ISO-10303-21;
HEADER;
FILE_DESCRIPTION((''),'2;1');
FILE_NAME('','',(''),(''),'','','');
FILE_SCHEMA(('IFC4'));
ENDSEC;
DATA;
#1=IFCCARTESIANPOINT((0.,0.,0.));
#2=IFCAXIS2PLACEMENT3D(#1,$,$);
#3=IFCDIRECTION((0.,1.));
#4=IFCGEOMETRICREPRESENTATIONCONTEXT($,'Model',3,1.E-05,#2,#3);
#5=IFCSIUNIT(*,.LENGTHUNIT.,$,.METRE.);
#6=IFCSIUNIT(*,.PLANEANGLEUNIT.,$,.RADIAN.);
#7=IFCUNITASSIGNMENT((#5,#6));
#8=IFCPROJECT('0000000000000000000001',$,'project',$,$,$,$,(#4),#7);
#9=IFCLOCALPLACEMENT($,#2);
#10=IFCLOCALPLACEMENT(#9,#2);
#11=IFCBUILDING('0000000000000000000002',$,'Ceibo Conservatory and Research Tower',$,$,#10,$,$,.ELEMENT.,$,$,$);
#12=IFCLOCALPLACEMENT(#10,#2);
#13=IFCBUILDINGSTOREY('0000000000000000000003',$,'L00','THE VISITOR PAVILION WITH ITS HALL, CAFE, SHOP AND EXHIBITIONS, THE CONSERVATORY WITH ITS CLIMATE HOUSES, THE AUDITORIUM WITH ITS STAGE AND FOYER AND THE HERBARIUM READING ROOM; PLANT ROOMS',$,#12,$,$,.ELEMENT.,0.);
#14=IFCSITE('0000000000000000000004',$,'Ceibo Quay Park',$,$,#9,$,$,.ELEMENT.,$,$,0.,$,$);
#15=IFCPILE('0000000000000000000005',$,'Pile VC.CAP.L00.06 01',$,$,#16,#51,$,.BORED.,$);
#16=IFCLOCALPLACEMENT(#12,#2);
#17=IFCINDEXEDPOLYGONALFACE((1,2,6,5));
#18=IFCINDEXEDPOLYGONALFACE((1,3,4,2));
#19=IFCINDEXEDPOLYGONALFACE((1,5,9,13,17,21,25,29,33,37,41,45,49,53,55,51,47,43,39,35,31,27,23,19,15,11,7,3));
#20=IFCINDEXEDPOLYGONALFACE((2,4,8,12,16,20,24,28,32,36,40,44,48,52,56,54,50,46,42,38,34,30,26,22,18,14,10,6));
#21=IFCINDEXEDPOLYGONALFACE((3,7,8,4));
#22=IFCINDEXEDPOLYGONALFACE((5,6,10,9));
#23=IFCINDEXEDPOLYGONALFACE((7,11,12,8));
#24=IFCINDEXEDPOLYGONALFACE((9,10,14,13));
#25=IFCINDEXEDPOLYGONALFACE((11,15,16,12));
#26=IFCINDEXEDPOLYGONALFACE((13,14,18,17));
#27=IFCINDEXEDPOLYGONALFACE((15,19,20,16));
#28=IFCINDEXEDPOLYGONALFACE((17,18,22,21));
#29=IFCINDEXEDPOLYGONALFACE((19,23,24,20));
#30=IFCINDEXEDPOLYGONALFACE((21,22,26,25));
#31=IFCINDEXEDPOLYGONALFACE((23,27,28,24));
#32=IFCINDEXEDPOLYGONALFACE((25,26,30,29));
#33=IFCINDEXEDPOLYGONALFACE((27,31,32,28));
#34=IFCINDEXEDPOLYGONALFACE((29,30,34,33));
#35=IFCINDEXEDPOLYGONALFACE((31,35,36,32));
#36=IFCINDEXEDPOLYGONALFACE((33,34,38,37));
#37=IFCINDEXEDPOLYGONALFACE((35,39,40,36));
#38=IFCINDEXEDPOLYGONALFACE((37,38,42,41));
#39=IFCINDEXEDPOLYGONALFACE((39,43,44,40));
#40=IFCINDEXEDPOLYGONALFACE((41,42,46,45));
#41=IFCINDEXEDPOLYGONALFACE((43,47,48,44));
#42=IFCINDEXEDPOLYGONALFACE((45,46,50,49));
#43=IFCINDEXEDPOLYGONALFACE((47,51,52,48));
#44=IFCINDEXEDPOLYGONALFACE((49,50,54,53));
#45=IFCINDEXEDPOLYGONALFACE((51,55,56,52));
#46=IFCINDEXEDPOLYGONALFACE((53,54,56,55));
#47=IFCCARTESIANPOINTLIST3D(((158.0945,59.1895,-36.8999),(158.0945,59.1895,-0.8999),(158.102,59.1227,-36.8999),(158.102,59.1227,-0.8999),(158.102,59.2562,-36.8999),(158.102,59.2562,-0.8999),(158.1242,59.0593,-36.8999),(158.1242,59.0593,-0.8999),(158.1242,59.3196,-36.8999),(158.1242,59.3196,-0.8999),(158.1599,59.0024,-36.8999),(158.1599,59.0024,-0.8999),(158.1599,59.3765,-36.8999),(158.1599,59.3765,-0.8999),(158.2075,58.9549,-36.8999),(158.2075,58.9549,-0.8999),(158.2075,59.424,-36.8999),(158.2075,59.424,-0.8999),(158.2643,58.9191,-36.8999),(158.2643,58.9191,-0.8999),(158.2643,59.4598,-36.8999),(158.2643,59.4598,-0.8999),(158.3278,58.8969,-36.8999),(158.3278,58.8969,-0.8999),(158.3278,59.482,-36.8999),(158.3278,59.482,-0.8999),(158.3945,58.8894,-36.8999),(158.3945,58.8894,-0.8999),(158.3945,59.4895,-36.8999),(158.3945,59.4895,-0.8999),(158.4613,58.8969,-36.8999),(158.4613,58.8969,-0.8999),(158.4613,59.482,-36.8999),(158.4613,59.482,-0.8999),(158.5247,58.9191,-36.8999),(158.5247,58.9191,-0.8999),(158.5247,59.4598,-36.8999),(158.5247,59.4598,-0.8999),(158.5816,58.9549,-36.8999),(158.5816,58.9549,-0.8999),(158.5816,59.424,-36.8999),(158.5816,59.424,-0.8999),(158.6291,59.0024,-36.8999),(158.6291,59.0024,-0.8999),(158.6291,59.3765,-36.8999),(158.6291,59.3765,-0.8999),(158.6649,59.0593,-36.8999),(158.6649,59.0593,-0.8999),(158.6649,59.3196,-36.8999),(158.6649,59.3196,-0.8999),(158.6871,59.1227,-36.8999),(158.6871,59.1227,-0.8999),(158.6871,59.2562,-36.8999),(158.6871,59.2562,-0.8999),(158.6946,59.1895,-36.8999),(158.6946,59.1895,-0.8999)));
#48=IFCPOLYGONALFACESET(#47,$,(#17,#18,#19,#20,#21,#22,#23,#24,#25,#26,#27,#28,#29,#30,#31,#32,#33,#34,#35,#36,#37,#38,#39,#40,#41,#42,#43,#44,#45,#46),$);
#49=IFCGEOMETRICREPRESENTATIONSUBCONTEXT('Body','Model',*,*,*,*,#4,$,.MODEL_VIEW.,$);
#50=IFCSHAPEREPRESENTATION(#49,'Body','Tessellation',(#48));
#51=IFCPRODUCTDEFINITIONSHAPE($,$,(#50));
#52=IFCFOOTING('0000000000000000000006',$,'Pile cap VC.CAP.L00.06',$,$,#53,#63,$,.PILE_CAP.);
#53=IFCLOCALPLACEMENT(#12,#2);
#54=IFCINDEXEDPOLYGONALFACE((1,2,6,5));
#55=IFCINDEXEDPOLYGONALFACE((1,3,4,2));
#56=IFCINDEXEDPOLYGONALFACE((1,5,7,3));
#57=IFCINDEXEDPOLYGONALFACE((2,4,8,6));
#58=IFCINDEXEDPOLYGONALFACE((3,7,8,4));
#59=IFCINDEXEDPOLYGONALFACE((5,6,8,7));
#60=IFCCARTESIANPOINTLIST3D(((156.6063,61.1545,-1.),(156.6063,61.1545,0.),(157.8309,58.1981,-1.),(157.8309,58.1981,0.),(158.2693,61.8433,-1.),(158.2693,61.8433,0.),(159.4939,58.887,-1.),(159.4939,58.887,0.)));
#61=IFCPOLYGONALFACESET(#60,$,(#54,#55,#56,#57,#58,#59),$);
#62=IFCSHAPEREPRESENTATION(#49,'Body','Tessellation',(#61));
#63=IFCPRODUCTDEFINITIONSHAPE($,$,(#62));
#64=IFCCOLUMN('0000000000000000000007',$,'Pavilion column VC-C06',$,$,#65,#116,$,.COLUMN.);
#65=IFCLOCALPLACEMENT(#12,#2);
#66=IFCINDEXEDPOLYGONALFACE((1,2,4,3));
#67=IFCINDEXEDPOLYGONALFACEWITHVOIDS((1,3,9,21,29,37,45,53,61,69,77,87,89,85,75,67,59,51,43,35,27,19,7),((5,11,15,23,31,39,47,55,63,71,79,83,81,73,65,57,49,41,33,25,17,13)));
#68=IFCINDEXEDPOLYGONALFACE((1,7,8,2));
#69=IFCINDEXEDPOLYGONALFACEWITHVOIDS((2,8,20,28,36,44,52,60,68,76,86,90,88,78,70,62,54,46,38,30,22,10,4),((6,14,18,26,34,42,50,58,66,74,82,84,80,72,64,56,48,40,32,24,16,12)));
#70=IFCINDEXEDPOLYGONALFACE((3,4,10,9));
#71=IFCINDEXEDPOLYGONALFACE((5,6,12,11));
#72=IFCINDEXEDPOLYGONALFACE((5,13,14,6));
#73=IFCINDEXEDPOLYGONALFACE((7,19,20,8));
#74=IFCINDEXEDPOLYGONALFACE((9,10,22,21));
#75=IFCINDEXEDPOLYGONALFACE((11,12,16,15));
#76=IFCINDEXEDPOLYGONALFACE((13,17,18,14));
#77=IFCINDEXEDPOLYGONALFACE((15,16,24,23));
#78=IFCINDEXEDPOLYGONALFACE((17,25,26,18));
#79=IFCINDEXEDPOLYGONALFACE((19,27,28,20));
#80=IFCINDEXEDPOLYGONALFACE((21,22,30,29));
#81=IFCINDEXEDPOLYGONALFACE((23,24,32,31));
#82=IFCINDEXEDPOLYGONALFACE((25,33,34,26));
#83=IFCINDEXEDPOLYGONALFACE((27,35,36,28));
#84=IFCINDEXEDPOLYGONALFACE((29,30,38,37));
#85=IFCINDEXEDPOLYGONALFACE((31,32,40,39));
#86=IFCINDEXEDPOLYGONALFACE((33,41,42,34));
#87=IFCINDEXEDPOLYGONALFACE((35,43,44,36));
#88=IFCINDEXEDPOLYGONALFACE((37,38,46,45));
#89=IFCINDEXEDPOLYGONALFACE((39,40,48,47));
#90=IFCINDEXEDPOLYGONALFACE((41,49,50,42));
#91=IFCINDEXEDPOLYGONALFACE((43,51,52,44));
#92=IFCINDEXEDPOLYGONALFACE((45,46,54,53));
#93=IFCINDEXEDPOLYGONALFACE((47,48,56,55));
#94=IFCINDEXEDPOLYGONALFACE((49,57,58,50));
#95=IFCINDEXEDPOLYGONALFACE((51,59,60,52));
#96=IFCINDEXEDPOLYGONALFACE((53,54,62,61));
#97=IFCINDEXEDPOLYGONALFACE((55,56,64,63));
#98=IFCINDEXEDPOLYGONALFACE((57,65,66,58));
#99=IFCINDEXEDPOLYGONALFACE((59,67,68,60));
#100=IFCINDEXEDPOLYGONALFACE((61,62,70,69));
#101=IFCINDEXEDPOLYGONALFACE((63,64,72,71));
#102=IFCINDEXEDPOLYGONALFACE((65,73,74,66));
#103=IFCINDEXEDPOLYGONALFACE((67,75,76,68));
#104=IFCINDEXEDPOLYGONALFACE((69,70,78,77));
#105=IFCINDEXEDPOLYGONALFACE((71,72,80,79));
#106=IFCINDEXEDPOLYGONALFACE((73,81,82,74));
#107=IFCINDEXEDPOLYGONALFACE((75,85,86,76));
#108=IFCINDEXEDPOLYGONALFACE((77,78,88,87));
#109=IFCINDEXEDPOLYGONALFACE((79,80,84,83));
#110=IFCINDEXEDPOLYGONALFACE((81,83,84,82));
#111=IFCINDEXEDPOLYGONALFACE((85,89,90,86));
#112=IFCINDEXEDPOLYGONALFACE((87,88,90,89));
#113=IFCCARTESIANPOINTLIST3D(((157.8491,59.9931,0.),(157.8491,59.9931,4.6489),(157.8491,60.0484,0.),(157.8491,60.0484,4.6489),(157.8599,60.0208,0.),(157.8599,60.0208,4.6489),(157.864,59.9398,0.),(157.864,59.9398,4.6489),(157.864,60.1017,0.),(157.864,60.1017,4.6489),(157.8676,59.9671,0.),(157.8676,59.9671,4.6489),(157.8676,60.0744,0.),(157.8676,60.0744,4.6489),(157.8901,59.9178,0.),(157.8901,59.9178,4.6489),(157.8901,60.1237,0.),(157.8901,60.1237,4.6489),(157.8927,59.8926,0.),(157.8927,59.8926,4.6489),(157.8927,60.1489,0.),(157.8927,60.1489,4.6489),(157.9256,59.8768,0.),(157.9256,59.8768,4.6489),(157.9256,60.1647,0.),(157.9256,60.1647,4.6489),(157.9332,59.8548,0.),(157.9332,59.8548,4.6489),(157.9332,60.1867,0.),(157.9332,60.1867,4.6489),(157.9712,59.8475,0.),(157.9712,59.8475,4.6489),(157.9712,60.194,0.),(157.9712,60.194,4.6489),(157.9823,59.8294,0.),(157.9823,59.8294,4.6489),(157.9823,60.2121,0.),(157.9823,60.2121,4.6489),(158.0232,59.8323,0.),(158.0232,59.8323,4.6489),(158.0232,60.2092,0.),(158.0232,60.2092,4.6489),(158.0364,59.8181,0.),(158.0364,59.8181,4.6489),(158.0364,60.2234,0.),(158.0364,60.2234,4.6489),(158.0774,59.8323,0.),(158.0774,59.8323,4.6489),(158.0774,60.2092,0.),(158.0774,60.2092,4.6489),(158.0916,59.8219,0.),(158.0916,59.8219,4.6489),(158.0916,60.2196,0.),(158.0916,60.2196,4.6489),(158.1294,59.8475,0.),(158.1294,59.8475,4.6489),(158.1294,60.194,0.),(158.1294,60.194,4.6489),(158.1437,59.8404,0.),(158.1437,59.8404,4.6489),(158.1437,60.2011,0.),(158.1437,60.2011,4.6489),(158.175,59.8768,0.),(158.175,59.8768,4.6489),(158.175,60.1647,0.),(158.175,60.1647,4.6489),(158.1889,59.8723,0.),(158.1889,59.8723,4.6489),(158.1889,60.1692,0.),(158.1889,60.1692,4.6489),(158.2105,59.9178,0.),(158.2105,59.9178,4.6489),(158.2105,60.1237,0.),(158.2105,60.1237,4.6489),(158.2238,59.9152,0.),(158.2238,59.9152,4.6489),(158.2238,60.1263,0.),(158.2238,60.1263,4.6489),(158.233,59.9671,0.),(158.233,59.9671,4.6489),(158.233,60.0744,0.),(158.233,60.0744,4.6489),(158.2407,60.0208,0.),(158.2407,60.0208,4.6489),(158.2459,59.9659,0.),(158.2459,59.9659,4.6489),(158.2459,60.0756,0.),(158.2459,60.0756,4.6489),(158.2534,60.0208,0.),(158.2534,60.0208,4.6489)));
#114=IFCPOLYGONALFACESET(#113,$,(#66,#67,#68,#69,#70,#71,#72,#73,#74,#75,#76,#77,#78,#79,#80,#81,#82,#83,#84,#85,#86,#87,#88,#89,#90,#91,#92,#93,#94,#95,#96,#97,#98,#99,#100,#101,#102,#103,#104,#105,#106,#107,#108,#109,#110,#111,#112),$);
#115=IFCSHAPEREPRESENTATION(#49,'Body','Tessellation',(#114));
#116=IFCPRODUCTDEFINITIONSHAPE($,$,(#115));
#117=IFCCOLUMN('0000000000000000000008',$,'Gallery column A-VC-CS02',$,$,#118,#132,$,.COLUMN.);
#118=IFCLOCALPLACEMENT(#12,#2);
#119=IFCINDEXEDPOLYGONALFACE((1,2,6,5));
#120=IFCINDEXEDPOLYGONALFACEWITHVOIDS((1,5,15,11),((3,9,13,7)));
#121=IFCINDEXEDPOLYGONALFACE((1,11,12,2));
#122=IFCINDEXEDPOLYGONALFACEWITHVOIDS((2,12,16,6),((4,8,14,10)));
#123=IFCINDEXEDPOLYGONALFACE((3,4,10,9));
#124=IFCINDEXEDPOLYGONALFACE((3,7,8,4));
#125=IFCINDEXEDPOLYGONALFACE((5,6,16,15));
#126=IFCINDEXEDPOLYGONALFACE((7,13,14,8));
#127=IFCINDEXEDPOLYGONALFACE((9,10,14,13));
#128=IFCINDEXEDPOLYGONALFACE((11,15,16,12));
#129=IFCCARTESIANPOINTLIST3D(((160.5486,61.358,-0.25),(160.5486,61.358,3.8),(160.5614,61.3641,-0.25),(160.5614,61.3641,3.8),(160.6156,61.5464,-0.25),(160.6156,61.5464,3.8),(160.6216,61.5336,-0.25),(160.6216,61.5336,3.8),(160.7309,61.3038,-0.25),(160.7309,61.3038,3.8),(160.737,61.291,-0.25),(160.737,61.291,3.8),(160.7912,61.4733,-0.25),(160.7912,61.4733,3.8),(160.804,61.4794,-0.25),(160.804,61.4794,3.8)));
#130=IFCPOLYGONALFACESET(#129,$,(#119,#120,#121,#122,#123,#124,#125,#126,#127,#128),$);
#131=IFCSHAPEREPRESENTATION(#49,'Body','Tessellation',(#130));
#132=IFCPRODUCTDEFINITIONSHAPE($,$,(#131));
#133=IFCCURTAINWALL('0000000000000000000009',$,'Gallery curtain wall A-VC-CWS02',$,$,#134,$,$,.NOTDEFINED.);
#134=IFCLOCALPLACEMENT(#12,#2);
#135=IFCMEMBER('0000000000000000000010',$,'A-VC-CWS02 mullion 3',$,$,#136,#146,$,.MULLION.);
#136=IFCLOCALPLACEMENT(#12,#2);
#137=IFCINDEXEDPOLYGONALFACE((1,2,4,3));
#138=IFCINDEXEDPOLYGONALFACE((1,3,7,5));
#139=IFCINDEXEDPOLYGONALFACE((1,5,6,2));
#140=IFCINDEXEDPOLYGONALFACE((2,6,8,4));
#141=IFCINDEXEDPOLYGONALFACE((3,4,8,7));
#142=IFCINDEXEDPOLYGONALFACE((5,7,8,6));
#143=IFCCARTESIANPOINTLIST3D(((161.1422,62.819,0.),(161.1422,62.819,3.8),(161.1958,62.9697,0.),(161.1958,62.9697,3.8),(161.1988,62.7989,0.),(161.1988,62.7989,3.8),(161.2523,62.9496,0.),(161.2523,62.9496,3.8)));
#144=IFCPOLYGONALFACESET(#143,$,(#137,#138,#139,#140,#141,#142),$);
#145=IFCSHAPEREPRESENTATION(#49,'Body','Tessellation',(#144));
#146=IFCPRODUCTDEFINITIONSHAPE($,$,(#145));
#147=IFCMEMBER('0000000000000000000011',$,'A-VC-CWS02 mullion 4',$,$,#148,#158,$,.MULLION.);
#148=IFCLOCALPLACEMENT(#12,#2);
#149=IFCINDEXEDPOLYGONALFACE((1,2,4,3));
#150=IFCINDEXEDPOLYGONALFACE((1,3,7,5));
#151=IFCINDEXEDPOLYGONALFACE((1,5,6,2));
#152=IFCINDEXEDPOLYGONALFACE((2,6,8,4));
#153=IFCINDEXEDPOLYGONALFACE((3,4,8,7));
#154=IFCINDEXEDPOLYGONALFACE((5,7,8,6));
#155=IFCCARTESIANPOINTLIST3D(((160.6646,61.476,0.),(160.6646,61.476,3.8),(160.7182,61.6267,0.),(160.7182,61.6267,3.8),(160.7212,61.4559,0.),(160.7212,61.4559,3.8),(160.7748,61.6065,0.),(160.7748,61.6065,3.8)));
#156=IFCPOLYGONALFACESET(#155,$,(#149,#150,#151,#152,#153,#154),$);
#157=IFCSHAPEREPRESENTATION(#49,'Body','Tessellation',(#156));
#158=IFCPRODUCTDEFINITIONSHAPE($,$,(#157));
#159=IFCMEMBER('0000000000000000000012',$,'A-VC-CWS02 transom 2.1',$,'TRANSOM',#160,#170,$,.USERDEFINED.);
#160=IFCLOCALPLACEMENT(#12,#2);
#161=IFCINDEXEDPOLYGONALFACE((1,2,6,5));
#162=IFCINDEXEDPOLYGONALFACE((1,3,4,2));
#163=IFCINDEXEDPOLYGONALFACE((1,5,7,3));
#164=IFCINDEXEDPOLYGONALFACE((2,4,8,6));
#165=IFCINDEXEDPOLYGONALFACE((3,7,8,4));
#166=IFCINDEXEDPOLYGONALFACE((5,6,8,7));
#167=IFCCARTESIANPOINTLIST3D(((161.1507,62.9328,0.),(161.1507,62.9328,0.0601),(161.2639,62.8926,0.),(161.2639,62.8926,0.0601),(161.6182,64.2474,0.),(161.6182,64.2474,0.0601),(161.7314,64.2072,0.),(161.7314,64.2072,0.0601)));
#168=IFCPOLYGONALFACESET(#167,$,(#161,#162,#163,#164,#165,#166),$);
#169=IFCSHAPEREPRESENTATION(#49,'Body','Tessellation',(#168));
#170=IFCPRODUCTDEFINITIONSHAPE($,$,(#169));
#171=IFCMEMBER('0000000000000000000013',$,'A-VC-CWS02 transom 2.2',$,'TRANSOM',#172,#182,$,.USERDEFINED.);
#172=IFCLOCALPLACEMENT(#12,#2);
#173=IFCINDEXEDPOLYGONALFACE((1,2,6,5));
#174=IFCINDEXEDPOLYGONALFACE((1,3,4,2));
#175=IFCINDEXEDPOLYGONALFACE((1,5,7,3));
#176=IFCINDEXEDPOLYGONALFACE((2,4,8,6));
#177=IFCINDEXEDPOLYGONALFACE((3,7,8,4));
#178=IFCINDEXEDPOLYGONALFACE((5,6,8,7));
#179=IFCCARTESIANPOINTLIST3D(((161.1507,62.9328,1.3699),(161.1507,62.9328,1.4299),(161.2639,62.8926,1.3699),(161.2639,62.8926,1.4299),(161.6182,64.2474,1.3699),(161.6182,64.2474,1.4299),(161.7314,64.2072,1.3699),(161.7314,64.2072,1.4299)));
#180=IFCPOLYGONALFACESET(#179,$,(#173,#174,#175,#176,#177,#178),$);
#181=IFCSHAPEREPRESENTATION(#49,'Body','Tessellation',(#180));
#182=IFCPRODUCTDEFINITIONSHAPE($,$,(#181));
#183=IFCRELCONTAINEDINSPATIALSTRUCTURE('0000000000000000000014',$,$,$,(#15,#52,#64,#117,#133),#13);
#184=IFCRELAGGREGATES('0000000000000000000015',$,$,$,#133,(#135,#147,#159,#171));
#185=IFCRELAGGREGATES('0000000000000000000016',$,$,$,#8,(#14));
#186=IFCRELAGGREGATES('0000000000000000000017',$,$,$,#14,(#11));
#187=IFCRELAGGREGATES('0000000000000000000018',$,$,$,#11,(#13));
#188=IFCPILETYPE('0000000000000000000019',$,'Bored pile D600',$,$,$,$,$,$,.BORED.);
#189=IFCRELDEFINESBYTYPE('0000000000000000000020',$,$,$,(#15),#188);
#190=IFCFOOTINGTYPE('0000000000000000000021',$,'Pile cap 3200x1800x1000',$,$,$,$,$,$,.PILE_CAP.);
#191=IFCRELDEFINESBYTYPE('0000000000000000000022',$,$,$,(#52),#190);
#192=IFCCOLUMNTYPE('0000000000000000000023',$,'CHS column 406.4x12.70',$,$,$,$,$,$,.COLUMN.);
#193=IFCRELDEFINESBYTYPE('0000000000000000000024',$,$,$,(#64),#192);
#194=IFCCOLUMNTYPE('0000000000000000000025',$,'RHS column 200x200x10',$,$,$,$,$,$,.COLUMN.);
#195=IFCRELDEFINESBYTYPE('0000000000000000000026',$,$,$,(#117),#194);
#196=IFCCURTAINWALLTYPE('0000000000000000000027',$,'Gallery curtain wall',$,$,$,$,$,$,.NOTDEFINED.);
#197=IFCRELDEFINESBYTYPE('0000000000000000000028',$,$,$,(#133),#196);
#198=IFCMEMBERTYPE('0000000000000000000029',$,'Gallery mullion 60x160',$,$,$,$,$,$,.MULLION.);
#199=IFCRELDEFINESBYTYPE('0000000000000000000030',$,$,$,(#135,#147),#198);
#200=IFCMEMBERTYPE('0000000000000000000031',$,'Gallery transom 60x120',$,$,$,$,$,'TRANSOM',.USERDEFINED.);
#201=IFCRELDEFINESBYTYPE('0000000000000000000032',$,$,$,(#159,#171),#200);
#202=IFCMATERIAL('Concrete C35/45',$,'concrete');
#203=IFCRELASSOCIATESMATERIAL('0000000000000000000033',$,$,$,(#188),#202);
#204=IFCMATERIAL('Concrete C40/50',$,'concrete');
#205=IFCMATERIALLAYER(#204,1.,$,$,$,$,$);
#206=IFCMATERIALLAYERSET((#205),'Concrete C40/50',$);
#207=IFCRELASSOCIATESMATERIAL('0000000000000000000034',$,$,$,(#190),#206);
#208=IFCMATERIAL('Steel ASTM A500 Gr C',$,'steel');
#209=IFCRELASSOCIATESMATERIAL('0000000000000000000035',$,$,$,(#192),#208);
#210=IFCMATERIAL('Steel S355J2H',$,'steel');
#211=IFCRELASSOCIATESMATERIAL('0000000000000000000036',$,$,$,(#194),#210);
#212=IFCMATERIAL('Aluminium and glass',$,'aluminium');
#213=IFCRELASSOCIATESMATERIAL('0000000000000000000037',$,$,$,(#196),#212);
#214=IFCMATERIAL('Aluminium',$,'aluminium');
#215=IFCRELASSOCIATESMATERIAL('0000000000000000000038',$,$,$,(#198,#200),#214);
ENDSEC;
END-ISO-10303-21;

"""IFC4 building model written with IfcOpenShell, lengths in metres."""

from ifc_helpers import new_model, si_unit, direction, frame, origin, origin_2d, place, context, subcontext, project, spatial, polyline, rectangle, hollow_rectangle, circle, hollow_circle, outline, extrude, material, layer, layer_set, material_profile, profile_set, type_object, element, aggregate, save


model = new_model("IFC4")

# Units and contexts
model_context = context("Model", 3, precision=1e-05, world=origin(), true_north=direction((0.0, 1.0)))
body_context = subcontext(model_context, "Body", "Model", "MODEL_VIEW")
ifc_project = project(units=[si_unit("LENGTHUNIT", "METRE"), si_unit("PLANEANGLEUNIT", "RADIAN")], contexts=[model_context])

# Site, building, storey
site_placement = place(None, origin())
site = spatial("IfcSite", under=ifc_project, at=site_placement, Name="Ceibo Quay Park", CompositionType="ELEMENT", RefElevation=0.0)
building_placement = place(site_placement, origin())
building = spatial("IfcBuilding", under=site, at=building_placement, Name="Ceibo Conservatory and Research Tower", CompositionType="ELEMENT")
storey_placement = place(building_placement, origin())
storey = spatial("IfcBuildingStorey", under=building, at=storey_placement, Name="L00", Description="THE VISITOR PAVILION WITH ITS HALL, CAFE, SHOP AND EXHIBITIONS, THE CONSERVATORY WITH ITS CLIMATE HOUSES, THE AUDITORIUM WITH ITS STAGE AND FOYER AND THE HERBARIUM READING ROOM; PLANT ROOMS", CompositionType="ELEMENT", Elevation=0.0)

# Pile
ifc_material_1 = material(Name="Concrete C35/45", Category="concrete")
ifc_material_profile_1 = material_profile(ifc_material_1, circle(Radius=0.3, at=origin_2d()), Name="RC D600")
ifc_profile_set_1 = profile_set([ifc_material_profile_1], Name="Concrete C35/45")
pile_type = type_object("IfcPileType", Name="Bored pile D600", PredefinedType="BORED", material=ifc_profile_set_1)
pile_placement = place(storey_placement, frame((158.3945, 59.1895, -0.8999), z_axis=(0.0, 0.0, -1.0), x_axis=(1.0, 0.0, 0.0)))
element("IfcPile", 1, at=pile_placement, inside=storey, type_object=pile_type, Name="Pile VC.CAP.L00.06 01", PredefinedType="BORED", context=body_context, shape_type="SweptSolid", body=[
    extrude(circle(Radius=0.3, at=origin_2d()), origin(), (0.0, 0.0, 1.0), 36.0),
])

# Footing
ifc_material_2 = material(Name="Concrete C40/50", Category="concrete")
ifc_layer_1 = layer(ifc_material_2, 1.0)
ifc_layer_set_1 = layer_set([ifc_layer_1], Name="Concrete C40/50")
footing_type = type_object("IfcFootingType", Name="Pile cap 3200x1800x1000", PredefinedType="PILE_CAP", material=ifc_layer_set_1)
footing_placement = place(storey_placement, frame((159.4939, 58.887, -1.0), z_axis=(0.0, 0.0, 1.0), x_axis=(-0.382683, 0.92388, 0.0)))
element("IfcFooting", 2, at=footing_placement, inside=storey, type_object=footing_type, Name="Pile cap VC.CAP.L00.06", PredefinedType="PILE_CAP", context=body_context, shape_type="SweptSolid", body=[
    extrude(outline(polyline([(0.0, 0.0), (3.2, 0.0), (3.2, 1.8), (0.0, 1.8), (0.0, 0.0)])), origin(), (0.0, 0.0, 1.0), 1.0),
])

# Columns
ifc_material_3 = material(Name="Steel ASTM A500 Gr C", Category="steel")
ifc_material_profile_2 = material_profile(ifc_material_3, hollow_circle(Radius=0.2031, WallThickness=0.0127, at=origin_2d()), Name="CHS column 406.4x12.70")
ifc_profile_set_2 = profile_set([ifc_material_profile_2], Name="Steel ASTM A500 Gr C")
column_type_1 = type_object("IfcColumnType", Name="CHS column 406.4x12.70", PredefinedType="COLUMN", material=ifc_profile_set_2)
column_1_placement = place(storey_placement, frame((158.0503, 60.0208, 0.0), z_axis=(0.0, 0.0, 1.0), x_axis=(1.0, 0.0, 0.0)))
element("IfcColumn", 3, at=column_1_placement, inside=storey, type_object=column_type_1, Name="Pavilion column VC-C06", PredefinedType="COLUMN", context=body_context, shape_type="SweptSolid", body=[
    extrude(hollow_circle(Radius=0.2031, WallThickness=0.0127, at=origin_2d()), origin(), (0.0, 0.0, 1.0), 4.6489),
])
ifc_material_4 = material(Name="Steel S355J2H", Category="steel")
ifc_material_profile_3 = material_profile(ifc_material_4, hollow_rectangle(XDim=0.2, YDim=0.2, WallThickness=0.01, at=origin_2d()), Name="RHS column 200x200x10")
ifc_profile_set_3 = profile_set([ifc_material_profile_3], Name="Steel S355J2H")
column_type_2 = type_object("IfcColumnType", Name="RHS column 200x200x10", PredefinedType="COLUMN", material=ifc_profile_set_3)
column_2_placement = place(storey_placement, frame((160.6763, 61.4187, -0.25), z_axis=(0.0, 0.0, 1.0), x_axis=(-0.33504, -0.942204, 0.0)))
element("IfcColumn", 4, at=column_2_placement, inside=storey, type_object=column_type_2, Name="Gallery column A-VC-CS02", PredefinedType="COLUMN", context=body_context, shape_type="SweptSolid", body=[
    extrude(hollow_rectangle(XDim=0.2, YDim=0.2, WallThickness=0.01, at=origin_2d()), origin(), (0.0, 0.0, 1.0), 4.05),
])

# Curtain wall, members
ifc_material_5 = material(Name="Aluminium and glass", Category="aluminium")
curtain_wall_type_1 = type_object("IfcCurtainWallType", Name="Gallery curtain wall", PredefinedType="NOTDEFINED", material=ifc_material_5)
curtain_wall_1_placement = place(storey_placement, origin())
curtain_wall_1 = element("IfcCurtainWall", 5, at=curtain_wall_1_placement, inside=storey, type_object=curtain_wall_type_1, Name="Gallery curtain wall A-VC-CWS02", PredefinedType="NOTDEFINED")
ifc_material_6 = material(Name="Aluminium", Category="aluminium")
ifc_material_profile_4 = material_profile(ifc_material_6, rectangle(XDim=0.0601, YDim=0.1599, at=origin_2d()), Name="AL 60x160")
ifc_profile_set_4 = profile_set([ifc_material_profile_4], Name="Aluminium")
member_type_1 = type_object("IfcMemberType", Name="Gallery mullion 60x160", PredefinedType="MULLION", material=ifc_profile_set_4)
member_1_placement = place(storey_placement, frame((161.1973, 62.8843, 0.0), z_axis=(0.0, 0.0, 1.0), x_axis=(0.942204, -0.33504, 0.0)))
member_1 = element("IfcMember", 6, at=member_1_placement, type_object=member_type_1, Name="A-VC-CWS02 mullion 3", PredefinedType="MULLION", context=body_context, shape_type="SweptSolid", body=[
    extrude(rectangle(XDim=0.0601, YDim=0.1599, at=origin_2d()), origin(), (0.0, 0.0, 1.0), 3.8),
])
member_2_placement = place(storey_placement, frame((160.7197, 61.5413, 0.0), z_axis=(0.0, 0.0, 1.0), x_axis=(0.942204, -0.33504, 0.0)))
member_2 = element("IfcMember", 7, at=member_2_placement, type_object=member_type_1, Name="A-VC-CWS02 mullion 4", PredefinedType="MULLION", context=body_context, shape_type="SweptSolid", body=[
    extrude(rectangle(XDim=0.0601, YDim=0.1599, at=origin_2d()), origin(), (0.0, 0.0, 1.0), 3.8),
])
ifc_material_profile_5 = material_profile(ifc_material_6, rectangle(XDim=0.1201, YDim=0.0601, at=origin_2d()), Name="AL 60x120")
ifc_profile_set_5 = profile_set([ifc_material_profile_5], Name="Aluminium")
member_type_2 = type_object("IfcMemberType", Name="Gallery transom 60x120", ElementType="TRANSOM", PredefinedType="USERDEFINED", material=ifc_profile_set_5)
member_3_placement = place(storey_placement, frame((161.6748, 64.2273, 0.03), z_axis=(-0.335061, -0.942196, 0.0), x_axis=(0.942196, -0.335061, 0.0)))
member_3 = element("IfcMember", 8, at=member_3_placement, type_object=member_type_2, Name="A-VC-CWS02 transom 2.1", ObjectType="TRANSOM", PredefinedType="USERDEFINED", context=body_context, shape_type="SweptSolid", body=[
    extrude(rectangle(XDim=0.1201, YDim=0.0601, at=origin_2d()), origin(), (0.0, 0.0, 1.0), 1.3953),
])
member_4_placement = place(storey_placement, frame((161.6748, 64.2273, 1.3999), z_axis=(-0.335061, -0.942196, 0.0), x_axis=(0.942196, -0.335061, 0.0)))
member_4 = element("IfcMember", 9, at=member_4_placement, type_object=member_type_2, Name="A-VC-CWS02 transom 2.2", ObjectType="TRANSOM", PredefinedType="USERDEFINED", context=body_context, shape_type="SweptSolid", body=[
    extrude(rectangle(XDim=0.1201, YDim=0.0601, at=origin_2d()), origin(), (0.0, 0.0, 1.0), 1.3953),
])

aggregate(curtain_wall_1, [member_1, member_2, member_3, member_4])

save(model, "model.ifc")
